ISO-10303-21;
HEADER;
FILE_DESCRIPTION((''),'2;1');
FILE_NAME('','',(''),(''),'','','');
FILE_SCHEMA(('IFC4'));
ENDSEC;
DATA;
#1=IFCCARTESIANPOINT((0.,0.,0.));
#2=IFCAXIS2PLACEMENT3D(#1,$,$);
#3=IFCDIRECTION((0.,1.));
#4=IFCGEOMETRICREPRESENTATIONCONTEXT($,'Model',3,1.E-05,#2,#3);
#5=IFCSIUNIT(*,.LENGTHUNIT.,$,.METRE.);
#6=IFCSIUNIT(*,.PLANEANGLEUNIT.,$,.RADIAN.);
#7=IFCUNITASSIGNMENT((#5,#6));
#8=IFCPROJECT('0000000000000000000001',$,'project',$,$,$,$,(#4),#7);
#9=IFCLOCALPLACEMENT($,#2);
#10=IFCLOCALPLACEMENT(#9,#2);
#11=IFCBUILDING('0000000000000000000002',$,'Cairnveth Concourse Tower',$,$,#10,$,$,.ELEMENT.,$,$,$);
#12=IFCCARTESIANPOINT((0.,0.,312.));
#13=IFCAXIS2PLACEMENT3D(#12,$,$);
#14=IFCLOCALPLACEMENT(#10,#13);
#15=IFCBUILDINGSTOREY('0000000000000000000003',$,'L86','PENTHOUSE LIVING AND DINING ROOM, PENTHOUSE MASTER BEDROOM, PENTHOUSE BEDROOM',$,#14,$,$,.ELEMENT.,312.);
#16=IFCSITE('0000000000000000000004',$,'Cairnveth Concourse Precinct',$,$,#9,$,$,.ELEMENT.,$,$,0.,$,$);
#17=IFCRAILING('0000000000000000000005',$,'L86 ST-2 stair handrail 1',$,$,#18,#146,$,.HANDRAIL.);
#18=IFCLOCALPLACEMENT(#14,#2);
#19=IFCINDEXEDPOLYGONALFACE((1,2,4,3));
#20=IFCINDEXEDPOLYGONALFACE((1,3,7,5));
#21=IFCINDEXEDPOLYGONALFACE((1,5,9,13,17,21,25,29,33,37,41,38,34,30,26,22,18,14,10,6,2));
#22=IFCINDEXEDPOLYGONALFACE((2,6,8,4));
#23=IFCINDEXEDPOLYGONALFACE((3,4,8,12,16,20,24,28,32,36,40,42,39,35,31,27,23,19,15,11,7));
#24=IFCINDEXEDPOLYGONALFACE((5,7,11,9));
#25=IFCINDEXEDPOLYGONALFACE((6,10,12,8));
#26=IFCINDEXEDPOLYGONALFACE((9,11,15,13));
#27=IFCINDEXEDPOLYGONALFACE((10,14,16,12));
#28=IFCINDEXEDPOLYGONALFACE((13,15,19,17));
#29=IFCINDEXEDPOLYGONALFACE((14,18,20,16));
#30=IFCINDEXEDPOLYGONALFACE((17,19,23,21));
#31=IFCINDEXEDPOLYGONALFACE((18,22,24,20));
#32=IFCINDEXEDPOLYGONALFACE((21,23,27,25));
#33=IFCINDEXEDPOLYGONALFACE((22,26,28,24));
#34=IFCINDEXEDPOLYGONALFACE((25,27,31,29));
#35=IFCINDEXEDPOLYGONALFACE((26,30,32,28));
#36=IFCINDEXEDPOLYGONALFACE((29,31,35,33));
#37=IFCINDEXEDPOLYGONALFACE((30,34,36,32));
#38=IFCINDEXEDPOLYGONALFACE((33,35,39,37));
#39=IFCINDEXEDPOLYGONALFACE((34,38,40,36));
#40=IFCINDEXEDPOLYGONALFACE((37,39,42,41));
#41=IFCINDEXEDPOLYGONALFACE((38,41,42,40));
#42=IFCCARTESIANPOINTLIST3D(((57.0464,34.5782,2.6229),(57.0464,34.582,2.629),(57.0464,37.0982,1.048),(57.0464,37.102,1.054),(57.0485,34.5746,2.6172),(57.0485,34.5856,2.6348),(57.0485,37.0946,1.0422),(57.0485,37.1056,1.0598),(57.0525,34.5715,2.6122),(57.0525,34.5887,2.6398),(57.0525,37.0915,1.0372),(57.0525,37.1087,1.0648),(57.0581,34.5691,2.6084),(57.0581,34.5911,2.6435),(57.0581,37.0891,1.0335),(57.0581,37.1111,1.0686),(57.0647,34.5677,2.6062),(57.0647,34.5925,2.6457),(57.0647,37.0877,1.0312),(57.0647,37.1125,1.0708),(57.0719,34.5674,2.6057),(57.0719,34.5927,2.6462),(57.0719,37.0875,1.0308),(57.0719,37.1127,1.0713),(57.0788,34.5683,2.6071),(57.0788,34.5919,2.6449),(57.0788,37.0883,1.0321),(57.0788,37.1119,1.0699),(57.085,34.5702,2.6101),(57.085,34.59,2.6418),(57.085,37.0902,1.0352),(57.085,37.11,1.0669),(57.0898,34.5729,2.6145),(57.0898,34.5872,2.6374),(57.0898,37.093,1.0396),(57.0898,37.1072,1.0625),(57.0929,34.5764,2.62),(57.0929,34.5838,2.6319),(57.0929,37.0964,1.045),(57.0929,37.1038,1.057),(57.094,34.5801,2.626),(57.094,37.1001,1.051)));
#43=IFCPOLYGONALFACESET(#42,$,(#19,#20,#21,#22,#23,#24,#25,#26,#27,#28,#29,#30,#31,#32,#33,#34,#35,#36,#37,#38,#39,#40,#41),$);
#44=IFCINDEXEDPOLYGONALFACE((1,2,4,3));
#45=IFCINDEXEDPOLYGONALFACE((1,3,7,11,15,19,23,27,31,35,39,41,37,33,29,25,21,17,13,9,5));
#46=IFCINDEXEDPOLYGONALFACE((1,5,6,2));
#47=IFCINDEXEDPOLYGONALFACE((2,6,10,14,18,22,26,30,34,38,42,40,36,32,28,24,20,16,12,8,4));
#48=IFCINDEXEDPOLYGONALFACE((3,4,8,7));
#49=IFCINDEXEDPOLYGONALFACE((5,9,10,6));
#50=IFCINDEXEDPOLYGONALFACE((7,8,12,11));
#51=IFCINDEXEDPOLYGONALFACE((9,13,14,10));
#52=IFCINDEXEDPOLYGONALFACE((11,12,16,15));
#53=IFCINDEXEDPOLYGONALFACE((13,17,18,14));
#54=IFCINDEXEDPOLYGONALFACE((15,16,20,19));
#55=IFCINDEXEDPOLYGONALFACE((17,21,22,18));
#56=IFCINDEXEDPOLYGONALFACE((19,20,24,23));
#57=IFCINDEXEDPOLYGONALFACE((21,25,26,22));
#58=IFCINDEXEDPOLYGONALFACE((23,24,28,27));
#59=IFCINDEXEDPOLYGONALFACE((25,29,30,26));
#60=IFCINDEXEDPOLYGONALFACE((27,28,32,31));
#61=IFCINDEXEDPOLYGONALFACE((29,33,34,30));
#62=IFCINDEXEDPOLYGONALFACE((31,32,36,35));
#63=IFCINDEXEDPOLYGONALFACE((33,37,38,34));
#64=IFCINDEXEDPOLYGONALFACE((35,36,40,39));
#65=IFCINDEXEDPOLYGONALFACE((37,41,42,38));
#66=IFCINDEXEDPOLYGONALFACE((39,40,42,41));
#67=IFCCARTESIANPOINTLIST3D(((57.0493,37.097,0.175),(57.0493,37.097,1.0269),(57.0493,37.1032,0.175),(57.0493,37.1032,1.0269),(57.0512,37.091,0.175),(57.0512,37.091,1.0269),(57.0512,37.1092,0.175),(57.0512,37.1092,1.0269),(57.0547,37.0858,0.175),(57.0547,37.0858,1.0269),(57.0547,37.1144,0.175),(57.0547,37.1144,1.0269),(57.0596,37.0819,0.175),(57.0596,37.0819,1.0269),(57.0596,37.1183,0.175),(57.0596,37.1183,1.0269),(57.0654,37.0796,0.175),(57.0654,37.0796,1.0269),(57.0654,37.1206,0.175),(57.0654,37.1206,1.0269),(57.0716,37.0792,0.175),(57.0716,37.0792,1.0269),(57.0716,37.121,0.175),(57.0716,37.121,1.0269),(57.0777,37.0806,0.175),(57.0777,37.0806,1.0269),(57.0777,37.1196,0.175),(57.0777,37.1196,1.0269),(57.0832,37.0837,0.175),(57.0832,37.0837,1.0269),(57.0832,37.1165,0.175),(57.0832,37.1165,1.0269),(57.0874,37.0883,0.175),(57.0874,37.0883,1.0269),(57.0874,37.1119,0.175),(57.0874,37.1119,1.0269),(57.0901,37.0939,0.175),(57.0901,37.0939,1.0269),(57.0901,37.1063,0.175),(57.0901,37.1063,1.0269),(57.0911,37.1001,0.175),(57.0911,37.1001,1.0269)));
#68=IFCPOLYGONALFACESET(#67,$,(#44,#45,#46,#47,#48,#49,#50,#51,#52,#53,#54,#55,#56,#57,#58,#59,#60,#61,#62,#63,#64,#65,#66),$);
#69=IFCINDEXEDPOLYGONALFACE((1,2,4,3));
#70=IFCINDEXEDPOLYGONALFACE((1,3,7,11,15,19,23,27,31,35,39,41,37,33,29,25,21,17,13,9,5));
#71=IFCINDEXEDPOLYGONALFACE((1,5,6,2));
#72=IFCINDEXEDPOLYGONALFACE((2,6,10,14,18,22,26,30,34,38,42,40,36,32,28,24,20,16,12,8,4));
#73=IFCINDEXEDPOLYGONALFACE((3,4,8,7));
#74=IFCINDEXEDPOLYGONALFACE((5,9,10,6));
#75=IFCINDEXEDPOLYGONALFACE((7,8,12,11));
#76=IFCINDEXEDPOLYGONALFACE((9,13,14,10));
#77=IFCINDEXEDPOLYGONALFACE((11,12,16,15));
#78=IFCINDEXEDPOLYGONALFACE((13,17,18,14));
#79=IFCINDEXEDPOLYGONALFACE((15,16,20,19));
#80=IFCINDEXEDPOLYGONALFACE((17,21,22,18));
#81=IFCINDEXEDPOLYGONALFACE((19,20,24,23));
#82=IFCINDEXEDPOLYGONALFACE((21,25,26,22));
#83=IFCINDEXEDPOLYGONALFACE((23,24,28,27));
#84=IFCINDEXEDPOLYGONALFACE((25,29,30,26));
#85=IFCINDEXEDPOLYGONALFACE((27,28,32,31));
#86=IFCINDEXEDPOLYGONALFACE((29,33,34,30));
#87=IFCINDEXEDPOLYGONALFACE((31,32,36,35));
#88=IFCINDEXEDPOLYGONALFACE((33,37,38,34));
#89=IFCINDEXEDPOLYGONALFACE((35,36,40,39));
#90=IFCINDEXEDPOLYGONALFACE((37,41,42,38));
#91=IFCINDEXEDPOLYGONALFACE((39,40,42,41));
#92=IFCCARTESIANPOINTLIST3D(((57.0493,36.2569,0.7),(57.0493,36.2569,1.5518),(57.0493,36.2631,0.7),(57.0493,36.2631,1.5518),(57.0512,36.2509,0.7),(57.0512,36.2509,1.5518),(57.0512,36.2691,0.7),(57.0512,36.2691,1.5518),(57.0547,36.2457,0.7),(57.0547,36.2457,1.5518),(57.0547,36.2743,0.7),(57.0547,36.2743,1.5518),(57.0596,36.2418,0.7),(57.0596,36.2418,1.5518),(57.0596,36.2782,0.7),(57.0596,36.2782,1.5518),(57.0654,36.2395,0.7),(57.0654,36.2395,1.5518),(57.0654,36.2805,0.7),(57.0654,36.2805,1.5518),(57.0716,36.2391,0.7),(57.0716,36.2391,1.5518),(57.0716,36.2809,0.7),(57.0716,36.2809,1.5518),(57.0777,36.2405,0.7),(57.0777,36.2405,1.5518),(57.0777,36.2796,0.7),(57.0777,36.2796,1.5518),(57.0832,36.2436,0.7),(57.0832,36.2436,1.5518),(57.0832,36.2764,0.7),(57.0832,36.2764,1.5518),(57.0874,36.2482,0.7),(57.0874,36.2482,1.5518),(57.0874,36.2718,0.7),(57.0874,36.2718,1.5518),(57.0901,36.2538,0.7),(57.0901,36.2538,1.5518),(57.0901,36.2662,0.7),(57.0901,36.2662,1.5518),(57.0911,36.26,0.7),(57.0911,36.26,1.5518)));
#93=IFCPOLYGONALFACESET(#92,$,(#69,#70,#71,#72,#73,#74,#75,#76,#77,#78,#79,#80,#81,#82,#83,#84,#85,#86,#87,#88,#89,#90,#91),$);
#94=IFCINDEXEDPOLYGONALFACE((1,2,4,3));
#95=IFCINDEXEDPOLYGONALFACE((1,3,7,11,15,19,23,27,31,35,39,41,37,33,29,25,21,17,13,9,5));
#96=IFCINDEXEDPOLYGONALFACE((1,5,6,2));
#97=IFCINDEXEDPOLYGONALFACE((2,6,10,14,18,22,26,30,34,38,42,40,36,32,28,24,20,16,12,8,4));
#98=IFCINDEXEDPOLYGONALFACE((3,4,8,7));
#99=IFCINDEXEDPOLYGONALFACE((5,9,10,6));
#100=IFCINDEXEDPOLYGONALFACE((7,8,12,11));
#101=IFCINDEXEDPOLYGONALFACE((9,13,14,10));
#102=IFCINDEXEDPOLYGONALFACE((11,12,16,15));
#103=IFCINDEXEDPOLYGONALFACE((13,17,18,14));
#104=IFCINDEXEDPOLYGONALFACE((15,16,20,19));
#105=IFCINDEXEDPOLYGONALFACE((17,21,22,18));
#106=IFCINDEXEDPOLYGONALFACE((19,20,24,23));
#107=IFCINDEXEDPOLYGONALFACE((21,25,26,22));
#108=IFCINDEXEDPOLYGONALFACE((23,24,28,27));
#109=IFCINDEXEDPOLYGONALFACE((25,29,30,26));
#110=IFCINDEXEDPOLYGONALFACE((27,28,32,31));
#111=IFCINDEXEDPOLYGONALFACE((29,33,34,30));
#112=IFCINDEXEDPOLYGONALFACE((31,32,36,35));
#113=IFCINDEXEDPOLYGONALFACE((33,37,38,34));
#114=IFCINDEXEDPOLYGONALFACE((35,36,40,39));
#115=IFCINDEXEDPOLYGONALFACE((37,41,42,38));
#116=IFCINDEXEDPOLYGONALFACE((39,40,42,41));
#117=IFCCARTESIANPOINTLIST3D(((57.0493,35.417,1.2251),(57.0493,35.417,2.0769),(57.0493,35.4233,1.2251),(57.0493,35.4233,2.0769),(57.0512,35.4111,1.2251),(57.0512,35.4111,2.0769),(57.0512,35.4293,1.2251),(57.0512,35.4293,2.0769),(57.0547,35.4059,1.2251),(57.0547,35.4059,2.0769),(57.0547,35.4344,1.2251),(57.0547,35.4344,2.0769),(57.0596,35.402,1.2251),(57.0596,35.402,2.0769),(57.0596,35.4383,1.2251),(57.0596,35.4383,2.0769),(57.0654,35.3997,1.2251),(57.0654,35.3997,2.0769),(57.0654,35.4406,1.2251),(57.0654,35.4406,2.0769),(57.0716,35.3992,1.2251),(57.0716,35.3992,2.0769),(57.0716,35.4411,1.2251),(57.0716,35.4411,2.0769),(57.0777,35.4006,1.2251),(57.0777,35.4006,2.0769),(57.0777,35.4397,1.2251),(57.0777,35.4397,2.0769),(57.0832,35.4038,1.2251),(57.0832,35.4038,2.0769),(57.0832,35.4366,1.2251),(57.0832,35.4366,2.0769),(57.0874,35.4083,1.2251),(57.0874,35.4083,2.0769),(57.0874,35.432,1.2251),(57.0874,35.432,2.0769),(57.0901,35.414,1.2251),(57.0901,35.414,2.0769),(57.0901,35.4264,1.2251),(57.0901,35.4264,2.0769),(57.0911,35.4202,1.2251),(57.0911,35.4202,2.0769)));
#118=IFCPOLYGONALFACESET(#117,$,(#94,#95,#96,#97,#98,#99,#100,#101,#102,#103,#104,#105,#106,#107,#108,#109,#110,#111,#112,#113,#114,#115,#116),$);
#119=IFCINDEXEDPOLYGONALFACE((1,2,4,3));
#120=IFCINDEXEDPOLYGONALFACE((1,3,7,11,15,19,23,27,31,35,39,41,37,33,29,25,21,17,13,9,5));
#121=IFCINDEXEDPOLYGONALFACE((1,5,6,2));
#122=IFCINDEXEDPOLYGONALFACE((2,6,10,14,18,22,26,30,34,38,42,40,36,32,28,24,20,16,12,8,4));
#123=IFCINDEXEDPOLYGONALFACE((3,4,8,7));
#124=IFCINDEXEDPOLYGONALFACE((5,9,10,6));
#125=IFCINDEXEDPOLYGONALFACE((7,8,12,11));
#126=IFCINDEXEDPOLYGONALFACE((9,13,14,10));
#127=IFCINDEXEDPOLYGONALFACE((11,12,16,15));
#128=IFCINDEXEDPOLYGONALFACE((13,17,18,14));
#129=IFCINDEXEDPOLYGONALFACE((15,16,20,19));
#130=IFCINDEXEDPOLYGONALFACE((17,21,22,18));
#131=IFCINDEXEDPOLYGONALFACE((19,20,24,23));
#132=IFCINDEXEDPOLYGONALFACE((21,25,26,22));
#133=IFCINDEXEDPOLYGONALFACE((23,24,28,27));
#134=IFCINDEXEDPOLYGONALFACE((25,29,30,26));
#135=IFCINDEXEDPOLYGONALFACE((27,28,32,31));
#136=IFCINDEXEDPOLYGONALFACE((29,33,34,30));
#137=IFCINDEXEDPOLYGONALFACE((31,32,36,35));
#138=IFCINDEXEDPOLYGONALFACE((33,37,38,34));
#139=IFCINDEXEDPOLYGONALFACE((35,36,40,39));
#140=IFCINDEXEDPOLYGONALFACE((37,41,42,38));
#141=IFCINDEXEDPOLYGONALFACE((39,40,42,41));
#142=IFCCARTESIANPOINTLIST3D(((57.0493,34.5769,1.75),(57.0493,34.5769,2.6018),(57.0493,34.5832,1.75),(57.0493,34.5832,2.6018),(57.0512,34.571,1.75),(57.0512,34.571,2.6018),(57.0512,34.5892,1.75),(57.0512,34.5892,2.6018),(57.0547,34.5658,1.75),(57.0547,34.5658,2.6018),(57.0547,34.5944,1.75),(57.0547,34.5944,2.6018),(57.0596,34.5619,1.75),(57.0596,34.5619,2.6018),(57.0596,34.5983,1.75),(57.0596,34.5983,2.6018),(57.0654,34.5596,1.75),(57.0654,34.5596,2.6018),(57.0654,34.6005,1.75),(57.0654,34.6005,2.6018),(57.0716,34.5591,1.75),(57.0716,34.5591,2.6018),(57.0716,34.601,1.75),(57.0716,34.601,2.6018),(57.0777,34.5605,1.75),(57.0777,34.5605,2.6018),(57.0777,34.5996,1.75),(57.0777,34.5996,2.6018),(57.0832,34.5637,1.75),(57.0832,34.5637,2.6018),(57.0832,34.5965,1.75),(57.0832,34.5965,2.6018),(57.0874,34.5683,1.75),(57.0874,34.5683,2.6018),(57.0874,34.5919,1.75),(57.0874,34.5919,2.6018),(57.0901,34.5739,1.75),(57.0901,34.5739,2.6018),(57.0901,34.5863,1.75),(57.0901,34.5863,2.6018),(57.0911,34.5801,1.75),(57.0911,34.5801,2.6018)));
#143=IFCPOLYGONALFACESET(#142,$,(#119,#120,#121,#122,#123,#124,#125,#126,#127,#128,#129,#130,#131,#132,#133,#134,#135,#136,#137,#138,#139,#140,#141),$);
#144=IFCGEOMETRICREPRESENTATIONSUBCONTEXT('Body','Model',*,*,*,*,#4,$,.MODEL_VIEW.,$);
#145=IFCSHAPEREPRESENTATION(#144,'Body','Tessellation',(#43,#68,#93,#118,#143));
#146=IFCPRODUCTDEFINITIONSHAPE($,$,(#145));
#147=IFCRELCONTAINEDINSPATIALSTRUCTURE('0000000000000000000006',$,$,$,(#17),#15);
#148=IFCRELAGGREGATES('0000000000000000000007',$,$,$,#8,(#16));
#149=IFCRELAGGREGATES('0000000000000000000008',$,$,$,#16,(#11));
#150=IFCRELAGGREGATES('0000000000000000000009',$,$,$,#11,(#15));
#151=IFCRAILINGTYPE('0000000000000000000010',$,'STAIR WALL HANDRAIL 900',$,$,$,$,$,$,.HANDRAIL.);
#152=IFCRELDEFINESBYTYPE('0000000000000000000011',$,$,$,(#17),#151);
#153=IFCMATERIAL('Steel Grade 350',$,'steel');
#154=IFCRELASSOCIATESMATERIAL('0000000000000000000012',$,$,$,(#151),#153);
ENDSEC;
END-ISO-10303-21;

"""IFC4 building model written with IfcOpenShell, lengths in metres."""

from ifc_helpers import new_model, si_unit, direction, frame, origin, origin_2d, place, context, subcontext, project, spatial, circle, extrude, material, type_object, element, save


model = new_model("IFC4")

# Units and contexts
model_context = context("Model", 3, precision=1e-05, world=origin(), true_north=direction((0.0, 1.0)))
body_context = subcontext(model_context, "Body", "Model", "MODEL_VIEW")
ifc_project = project(units=[si_unit("LENGTHUNIT", "METRE"), si_unit("PLANEANGLEUNIT", "RADIAN")], contexts=[model_context])

# Site, building, storey
site_placement = place(None, origin())
site = spatial("IfcSite", under=ifc_project, at=site_placement, Name="Cairnveth Concourse Precinct", CompositionType="ELEMENT", RefElevation=0.0)
building_placement = place(site_placement, origin())
building = spatial("IfcBuilding", under=site, at=building_placement, Name="Cairnveth Concourse Tower", CompositionType="ELEMENT")
storey_placement = place(building_placement, frame((0.0, 0.0, 312.0)))
storey = spatial("IfcBuildingStorey", under=building, at=storey_placement, Name="L86", Description="PENTHOUSE LIVING AND DINING ROOM, PENTHOUSE MASTER BEDROOM, PENTHOUSE BEDROOM", CompositionType="ELEMENT", Elevation=312.0)

# Shared definitions
ifc_material_1 = material(Name="Steel Grade 350", Category="steel")

# Railing
railing_type_1 = type_object("IfcRailingType", Name="STAIR WALL HANDRAIL 900", PredefinedType="HANDRAIL", material=ifc_material_1)
railing_1_placement = place(storey_placement, frame((57.0701, 37.1001, 0.175)))
element("IfcRailing", 1, at=railing_1_placement, inside=storey, type_object=railing_type_1, Name="L86 ST-2 stair handrail 1", PredefinedType="HANDRAIL", context=body_context, shape_type="SweptSolid", body=[
    extrude(circle(Radius=0.0239, at=origin_2d()), frame((0.0, 0.0, 0.876), z_axis=(0.0, -0.848008, 0.529984), x_axis=(1.0, 0.0, 0.0)), (0.0, 0.0, 1.0), 2.9717),
    extrude(circle(Radius=0.021, at=origin_2d()), origin(), (0.0, 0.0, 1.0), 0.8518),
    extrude(circle(Radius=0.021, at=origin_2d()), frame((0.0, -0.8401, 0.5249)), (0.0, 0.0, 1.0), 0.8518),
    extrude(circle(Radius=0.021, at=origin_2d()), frame((0.0, -1.6799, 1.05)), (0.0, 0.0, 1.0), 0.8518),
    extrude(circle(Radius=0.021, at=origin_2d()), frame((0.0, -2.52, 1.575)), (0.0, 0.0, 1.0), 0.8518),
])

save(model, "model.ifc")
